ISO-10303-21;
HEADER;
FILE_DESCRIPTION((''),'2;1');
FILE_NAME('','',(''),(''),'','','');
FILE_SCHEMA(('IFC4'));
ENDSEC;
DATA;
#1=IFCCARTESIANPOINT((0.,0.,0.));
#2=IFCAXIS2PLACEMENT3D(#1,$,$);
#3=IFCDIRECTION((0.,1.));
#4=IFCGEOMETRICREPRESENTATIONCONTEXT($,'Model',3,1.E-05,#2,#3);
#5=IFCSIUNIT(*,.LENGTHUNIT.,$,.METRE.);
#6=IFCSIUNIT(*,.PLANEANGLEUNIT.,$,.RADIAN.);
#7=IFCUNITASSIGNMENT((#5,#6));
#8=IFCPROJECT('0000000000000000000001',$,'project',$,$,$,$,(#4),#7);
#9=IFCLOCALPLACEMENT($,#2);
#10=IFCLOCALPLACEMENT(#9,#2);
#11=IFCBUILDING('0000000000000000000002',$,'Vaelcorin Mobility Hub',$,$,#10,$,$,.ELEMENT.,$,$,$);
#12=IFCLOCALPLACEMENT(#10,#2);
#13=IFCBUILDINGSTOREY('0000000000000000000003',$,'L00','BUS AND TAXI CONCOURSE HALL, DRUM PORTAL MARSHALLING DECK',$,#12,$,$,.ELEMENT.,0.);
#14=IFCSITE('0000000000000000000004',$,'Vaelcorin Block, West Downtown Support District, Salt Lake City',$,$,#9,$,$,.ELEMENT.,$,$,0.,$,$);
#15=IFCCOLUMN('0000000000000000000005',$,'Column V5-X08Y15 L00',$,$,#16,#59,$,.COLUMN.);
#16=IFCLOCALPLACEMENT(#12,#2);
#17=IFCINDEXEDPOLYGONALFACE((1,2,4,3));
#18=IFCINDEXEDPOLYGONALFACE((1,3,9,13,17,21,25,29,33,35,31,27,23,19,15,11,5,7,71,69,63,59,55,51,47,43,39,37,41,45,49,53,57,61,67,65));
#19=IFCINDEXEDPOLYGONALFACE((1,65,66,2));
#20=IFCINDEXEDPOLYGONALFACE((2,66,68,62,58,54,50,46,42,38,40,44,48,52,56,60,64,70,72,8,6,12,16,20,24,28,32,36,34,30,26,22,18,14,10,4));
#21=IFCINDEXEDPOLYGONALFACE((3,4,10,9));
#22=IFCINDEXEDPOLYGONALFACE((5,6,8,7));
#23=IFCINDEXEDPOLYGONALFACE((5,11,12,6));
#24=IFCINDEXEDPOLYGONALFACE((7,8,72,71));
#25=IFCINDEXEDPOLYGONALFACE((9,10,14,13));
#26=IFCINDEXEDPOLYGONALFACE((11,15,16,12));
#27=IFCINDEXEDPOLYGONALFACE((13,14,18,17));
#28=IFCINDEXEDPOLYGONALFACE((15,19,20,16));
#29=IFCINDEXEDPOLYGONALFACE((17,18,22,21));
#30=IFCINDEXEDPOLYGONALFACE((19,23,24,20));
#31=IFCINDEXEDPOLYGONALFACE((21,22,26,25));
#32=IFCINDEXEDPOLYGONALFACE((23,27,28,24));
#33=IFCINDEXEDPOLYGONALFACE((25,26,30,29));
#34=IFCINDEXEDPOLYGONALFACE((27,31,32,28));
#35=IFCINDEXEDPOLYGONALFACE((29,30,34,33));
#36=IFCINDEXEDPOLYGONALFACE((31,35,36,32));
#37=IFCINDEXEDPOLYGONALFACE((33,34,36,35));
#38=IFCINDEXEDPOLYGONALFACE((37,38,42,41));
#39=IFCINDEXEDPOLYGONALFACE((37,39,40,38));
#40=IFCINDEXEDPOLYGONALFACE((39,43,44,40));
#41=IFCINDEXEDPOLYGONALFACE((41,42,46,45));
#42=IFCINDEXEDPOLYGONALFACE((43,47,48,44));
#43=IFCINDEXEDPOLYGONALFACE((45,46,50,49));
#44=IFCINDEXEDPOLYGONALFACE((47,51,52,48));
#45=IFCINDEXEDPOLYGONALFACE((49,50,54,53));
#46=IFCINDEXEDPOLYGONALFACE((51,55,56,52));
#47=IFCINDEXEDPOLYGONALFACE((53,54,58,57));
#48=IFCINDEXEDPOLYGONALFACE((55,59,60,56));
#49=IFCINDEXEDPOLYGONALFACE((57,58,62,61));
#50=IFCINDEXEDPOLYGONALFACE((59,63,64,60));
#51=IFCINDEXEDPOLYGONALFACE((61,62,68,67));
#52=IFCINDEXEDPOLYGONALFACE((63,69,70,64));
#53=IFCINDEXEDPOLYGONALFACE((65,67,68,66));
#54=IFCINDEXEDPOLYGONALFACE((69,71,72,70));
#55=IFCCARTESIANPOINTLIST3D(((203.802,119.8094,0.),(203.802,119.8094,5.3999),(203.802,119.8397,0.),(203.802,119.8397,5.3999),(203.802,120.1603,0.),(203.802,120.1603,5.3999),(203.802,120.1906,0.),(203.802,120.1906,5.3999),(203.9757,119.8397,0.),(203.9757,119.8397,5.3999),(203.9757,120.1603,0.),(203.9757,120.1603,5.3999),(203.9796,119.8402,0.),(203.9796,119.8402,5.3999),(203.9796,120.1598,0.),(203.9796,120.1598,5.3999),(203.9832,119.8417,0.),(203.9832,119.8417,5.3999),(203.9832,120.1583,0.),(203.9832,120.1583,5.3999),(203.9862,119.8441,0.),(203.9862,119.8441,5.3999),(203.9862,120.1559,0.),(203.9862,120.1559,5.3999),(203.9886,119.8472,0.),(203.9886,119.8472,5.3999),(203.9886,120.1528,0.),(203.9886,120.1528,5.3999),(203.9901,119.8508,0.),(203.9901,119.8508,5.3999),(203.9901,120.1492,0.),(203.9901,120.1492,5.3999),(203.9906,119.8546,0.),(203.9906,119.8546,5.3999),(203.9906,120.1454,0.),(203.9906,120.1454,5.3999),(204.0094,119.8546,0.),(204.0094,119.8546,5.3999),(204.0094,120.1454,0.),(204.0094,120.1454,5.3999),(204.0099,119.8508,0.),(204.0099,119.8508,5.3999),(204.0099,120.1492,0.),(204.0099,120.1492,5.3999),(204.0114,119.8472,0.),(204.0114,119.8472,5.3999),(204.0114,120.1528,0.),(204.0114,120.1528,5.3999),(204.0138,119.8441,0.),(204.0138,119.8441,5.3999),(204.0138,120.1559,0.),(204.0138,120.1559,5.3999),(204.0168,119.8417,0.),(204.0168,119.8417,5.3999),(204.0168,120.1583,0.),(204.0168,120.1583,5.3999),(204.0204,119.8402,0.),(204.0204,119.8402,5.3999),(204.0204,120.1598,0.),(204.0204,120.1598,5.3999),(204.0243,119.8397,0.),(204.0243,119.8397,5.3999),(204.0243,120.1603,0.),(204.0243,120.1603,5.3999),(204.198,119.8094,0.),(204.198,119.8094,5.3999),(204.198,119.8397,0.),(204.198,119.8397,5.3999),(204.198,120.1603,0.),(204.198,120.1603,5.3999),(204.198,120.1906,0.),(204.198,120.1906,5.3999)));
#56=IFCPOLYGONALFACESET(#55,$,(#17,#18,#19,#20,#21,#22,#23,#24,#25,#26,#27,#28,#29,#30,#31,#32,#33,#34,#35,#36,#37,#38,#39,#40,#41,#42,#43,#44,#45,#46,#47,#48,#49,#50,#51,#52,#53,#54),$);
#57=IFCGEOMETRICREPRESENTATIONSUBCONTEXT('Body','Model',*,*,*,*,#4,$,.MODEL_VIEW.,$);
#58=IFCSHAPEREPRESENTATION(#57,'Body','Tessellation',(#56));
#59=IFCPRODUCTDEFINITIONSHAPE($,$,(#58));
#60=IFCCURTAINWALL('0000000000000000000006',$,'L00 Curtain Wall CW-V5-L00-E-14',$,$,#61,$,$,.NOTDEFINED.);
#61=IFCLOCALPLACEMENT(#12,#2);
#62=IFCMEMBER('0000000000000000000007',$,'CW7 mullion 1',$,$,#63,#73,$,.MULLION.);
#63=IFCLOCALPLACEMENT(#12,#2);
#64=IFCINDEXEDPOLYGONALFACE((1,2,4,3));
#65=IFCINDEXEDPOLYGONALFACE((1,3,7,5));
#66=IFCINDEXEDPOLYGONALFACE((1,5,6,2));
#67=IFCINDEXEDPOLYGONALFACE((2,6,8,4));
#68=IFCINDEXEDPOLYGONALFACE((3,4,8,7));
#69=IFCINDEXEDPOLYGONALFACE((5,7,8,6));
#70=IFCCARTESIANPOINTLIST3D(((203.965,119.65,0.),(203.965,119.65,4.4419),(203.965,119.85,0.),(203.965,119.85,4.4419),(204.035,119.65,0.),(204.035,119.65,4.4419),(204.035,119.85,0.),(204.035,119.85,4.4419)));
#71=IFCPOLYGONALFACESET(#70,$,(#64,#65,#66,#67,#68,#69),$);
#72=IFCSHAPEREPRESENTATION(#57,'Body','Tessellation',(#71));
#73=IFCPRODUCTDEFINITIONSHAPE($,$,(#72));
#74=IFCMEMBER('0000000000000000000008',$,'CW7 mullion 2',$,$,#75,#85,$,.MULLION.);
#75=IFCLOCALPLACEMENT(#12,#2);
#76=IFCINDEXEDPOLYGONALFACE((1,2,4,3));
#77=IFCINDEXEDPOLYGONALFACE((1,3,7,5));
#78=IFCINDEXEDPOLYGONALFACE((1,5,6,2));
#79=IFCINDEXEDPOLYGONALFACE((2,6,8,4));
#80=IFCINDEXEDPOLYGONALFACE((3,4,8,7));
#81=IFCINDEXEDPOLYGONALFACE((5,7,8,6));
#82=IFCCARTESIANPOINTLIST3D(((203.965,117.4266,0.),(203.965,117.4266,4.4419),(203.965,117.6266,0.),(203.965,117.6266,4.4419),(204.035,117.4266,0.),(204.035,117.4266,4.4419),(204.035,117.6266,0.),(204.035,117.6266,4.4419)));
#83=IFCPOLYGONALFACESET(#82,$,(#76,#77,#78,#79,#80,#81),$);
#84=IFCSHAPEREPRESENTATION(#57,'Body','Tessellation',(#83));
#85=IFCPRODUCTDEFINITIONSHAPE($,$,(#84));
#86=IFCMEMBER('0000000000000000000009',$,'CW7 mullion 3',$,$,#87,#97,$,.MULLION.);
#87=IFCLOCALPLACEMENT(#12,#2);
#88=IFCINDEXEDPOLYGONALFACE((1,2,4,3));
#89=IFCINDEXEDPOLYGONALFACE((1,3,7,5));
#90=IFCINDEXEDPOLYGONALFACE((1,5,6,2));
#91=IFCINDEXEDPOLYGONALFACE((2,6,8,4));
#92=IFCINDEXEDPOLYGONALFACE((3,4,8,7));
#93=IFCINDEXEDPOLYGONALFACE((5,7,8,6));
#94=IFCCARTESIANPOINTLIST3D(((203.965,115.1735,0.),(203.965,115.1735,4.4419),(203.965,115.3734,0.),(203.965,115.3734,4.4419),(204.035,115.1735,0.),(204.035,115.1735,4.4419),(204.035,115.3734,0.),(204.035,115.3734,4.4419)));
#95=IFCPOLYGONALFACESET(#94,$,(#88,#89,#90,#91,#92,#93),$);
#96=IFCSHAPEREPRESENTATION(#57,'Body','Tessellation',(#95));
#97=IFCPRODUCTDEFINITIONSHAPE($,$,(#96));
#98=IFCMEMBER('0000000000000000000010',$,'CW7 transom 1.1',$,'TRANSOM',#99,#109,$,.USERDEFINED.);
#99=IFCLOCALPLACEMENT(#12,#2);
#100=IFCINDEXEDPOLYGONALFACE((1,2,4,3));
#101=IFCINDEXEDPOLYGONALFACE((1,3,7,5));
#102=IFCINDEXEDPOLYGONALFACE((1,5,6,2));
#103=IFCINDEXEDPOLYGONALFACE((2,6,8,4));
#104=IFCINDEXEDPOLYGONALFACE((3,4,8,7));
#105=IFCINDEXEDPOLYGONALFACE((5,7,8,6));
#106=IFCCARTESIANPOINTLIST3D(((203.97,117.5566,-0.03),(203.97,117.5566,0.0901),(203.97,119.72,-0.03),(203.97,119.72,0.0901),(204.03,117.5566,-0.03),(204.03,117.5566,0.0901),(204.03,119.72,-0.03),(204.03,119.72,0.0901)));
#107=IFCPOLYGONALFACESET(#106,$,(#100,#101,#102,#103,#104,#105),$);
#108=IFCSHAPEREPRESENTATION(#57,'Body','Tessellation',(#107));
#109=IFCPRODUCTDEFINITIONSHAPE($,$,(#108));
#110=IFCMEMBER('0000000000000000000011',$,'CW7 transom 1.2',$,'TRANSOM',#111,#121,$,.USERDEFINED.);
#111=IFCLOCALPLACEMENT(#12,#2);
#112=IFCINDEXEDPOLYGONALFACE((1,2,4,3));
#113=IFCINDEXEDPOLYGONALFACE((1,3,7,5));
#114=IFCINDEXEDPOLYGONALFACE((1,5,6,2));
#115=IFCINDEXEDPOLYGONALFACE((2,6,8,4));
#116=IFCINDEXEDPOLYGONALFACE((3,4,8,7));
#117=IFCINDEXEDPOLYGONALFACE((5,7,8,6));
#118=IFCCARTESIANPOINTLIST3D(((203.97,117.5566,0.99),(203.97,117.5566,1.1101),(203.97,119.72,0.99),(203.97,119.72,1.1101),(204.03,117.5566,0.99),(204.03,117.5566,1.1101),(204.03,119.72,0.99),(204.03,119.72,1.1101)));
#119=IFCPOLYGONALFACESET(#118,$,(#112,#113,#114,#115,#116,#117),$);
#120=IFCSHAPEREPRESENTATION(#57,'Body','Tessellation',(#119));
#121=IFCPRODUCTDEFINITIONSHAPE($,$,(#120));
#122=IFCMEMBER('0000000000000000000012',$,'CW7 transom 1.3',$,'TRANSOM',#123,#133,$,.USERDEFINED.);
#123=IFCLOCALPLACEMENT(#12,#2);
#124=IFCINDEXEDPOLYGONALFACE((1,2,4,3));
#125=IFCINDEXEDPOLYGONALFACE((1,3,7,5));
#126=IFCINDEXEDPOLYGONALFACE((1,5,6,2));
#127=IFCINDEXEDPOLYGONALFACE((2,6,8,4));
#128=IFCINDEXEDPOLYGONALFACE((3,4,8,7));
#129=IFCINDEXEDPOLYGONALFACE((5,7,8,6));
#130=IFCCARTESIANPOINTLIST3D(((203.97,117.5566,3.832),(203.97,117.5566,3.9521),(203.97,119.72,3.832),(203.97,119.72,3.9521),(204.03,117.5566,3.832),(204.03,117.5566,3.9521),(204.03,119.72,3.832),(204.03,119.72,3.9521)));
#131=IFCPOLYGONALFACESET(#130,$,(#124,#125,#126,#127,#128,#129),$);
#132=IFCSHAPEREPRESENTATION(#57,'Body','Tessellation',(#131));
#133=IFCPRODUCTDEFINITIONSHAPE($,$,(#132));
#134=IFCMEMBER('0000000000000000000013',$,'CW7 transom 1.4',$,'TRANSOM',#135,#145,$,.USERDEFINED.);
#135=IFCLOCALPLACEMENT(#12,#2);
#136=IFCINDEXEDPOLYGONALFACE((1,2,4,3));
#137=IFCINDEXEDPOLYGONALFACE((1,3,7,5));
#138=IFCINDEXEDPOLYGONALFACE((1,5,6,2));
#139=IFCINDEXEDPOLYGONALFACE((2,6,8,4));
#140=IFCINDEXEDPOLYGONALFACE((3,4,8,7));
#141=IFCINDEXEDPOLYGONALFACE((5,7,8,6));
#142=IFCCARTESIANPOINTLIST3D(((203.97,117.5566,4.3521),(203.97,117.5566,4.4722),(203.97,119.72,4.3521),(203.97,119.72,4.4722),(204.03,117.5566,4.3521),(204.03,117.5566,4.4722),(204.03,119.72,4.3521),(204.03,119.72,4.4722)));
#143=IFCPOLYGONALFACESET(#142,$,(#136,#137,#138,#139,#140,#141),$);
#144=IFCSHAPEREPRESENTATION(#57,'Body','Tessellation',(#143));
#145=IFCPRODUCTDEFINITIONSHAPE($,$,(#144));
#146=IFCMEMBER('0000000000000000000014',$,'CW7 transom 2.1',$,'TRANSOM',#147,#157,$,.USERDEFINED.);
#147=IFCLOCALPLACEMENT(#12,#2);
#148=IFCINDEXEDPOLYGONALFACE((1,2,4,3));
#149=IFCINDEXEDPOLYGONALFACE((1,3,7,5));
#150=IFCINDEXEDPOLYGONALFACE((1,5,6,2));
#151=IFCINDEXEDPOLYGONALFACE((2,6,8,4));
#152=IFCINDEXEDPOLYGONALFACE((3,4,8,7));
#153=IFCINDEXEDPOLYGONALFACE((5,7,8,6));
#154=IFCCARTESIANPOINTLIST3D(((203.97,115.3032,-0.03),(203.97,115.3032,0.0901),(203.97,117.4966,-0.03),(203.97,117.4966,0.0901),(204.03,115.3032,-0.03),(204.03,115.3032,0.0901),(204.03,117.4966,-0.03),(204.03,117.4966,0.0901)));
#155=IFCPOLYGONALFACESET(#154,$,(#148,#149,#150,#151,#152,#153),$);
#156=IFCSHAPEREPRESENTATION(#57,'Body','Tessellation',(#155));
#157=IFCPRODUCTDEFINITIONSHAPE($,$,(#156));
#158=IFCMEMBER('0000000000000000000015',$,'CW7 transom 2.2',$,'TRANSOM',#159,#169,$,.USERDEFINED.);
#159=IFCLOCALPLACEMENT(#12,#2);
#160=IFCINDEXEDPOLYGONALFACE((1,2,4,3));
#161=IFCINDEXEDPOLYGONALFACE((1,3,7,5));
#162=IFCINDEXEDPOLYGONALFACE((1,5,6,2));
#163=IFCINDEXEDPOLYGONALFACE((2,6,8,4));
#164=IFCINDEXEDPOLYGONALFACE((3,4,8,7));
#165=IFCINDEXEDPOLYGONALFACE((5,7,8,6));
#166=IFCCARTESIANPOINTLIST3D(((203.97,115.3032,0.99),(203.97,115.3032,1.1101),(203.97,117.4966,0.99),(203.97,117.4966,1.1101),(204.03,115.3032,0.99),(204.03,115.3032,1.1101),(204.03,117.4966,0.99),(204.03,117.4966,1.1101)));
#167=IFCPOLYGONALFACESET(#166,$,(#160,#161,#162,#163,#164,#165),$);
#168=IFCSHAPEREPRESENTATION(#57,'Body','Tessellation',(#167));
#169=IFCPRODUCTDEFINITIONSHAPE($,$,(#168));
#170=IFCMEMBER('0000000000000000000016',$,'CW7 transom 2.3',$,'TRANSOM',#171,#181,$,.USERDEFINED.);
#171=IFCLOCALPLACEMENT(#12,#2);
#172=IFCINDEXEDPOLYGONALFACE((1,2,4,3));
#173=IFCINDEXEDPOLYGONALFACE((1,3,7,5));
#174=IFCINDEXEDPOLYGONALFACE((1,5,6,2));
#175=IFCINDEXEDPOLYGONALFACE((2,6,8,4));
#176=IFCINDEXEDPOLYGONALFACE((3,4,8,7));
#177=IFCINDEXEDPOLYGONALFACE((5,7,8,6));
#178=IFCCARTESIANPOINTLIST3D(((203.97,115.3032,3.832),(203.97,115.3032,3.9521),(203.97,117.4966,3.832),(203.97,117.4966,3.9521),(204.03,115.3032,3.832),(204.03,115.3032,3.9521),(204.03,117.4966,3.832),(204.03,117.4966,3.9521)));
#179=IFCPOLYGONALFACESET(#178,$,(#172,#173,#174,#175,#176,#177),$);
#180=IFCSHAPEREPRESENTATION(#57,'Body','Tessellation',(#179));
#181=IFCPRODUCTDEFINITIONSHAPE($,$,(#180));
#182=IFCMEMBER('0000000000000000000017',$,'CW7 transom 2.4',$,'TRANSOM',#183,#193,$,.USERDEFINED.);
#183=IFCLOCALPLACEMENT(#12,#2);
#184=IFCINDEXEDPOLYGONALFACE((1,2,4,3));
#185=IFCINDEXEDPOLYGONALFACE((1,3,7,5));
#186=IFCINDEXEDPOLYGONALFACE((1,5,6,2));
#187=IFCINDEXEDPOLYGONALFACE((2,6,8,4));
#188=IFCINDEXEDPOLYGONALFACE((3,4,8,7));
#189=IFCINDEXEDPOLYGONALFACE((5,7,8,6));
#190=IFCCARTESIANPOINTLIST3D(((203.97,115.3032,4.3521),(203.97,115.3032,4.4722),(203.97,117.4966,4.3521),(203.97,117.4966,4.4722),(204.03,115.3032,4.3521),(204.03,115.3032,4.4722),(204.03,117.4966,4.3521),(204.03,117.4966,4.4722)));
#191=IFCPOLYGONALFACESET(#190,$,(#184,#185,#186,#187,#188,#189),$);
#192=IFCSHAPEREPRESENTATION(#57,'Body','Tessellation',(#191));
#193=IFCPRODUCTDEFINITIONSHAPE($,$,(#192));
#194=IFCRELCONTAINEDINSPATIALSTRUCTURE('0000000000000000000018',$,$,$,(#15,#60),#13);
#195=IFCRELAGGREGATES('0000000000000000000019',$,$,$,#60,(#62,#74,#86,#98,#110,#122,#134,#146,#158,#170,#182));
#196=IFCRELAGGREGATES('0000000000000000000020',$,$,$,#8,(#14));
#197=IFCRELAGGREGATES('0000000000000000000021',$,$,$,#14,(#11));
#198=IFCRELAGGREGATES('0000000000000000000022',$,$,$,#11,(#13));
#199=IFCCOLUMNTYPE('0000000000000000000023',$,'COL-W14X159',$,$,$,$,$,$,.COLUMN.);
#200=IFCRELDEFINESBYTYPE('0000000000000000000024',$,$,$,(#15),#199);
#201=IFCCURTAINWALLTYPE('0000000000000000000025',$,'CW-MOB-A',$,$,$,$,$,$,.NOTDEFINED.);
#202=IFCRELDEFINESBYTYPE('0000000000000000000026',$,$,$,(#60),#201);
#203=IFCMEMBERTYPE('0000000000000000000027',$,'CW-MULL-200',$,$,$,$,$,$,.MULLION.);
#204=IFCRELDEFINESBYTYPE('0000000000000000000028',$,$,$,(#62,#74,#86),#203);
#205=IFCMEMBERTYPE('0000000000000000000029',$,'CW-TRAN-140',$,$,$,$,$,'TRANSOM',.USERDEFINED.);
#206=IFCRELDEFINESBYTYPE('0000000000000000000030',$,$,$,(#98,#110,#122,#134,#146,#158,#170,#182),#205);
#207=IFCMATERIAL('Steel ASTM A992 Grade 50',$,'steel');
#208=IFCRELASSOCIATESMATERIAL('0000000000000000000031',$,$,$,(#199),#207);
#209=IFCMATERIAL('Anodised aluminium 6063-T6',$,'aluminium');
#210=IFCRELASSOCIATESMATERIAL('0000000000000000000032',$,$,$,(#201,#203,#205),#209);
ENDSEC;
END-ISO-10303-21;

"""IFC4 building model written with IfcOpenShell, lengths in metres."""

from ifc_helpers import new_model, si_unit, direction, frame, origin, origin_2d, place, context, subcontext, project, spatial, rectangle, i_section, extrude, material, material_profile, profile_set, type_object, element, aggregate, save


model = new_model("IFC4")

# Units and contexts
model_context = context("Model", 3, precision=1e-05, world=origin(), true_north=direction((0.0, 1.0)))
body_context = subcontext(model_context, "Body", "Model", "MODEL_VIEW")
ifc_project = project(units=[si_unit("LENGTHUNIT", "METRE"), si_unit("PLANEANGLEUNIT", "RADIAN")], contexts=[model_context])

# Site, building, storey
site_placement = place(None, origin())
site = spatial("IfcSite", under=ifc_project, at=site_placement, Name="Vaelcorin Block, West Downtown Support District, Salt Lake City", CompositionType="ELEMENT", RefElevation=0.0)
building_placement = place(site_placement, origin())
building = spatial("IfcBuilding", under=site, at=building_placement, Name="Vaelcorin Mobility Hub", CompositionType="ELEMENT")
storey_placement = place(building_placement, origin())
storey = spatial("IfcBuildingStorey", under=building, at=storey_placement, Name="L00", Description="BUS AND TAXI CONCOURSE HALL, DRUM PORTAL MARSHALLING DECK", CompositionType="ELEMENT", Elevation=0.0)

# Column
ifc_material_1 = material(Name="Steel ASTM A992 Grade 50", Category="steel")
ifc_material_profile_1 = material_profile(ifc_material_1, i_section(OverallWidth=0.396, OverallDepth=0.3811, WebThickness=0.0188, FlangeThickness=0.0303, FilletRadius=0.0149, at=origin_2d()), Name="W14X159")
ifc_profile_set_1 = profile_set([ifc_material_profile_1], Name="Steel ASTM A992 Grade 50")
column_type = type_object("IfcColumnType", Name="COL-W14X159", PredefinedType="COLUMN", material=ifc_profile_set_1)
column_placement = place(storey_placement, frame((204.0, 120.0, 0.0), z_axis=(0.0, 0.0, 1.0), x_axis=(1.0, 0.0, 0.0)))
element("IfcColumn", 1, at=column_placement, inside=storey, type_object=column_type, Name="Column V5-X08Y15 L00", PredefinedType="COLUMN", context=body_context, shape_type="SweptSolid", body=[
    extrude(i_section(OverallWidth=0.396, OverallDepth=0.3811, WebThickness=0.0188, FlangeThickness=0.0303, FilletRadius=0.0149, at=origin_2d()), origin(), (0.0, 0.0, 1.0), 5.3999),
])

# Curtain wall, members
ifc_material_2 = material(Name="Anodised aluminium 6063-T6", Category="aluminium")
curtain_wall_type = type_object("IfcCurtainWallType", Name="CW-MOB-A", PredefinedType="NOTDEFINED", material=ifc_material_2)
curtain_wall_placement = place(storey_placement, origin())
curtain_wall = element("IfcCurtainWall", 2, at=curtain_wall_placement, inside=storey, type_object=curtain_wall_type, Name="L00 Curtain Wall CW-V5-L00-E-14", PredefinedType="NOTDEFINED")
ifc_material_profile_2 = material_profile(ifc_material_2, rectangle(XDim=0.0701, YDim=0.2, at=origin_2d()), Name="ALU-M70X200")
ifc_profile_set_2 = profile_set([ifc_material_profile_2], Name="Anodised aluminium 6063-T6")
member_type_1 = type_object("IfcMemberType", Name="CW-MULL-200", PredefinedType="MULLION", material=ifc_profile_set_2)
member_1_placement = place(storey_placement, frame((204.0, 119.75, 0.0), z_axis=(0.0, 0.0, 1.0), x_axis=(1.0, 0.0, 0.0)))
member_1 = element("IfcMember", 3, at=member_1_placement, type_object=member_type_1, Name="CW7 mullion 1", PredefinedType="MULLION", context=body_context, shape_type="SweptSolid", body=[
    extrude(rectangle(XDim=0.0701, YDim=0.2, at=origin_2d()), origin(), (0.0, 0.0, 1.0), 4.4419),
])
member_2_placement = place(storey_placement, frame((204.0, 117.5266, 0.0), z_axis=(0.0, 0.0, 1.0), x_axis=(1.0, 0.0, 0.0)))
member_2 = element("IfcMember", 4, at=member_2_placement, type_object=member_type_1, Name="CW7 mullion 2", PredefinedType="MULLION", context=body_context, shape_type="SweptSolid", body=[
    extrude(rectangle(XDim=0.0701, YDim=0.2, at=origin_2d()), origin(), (0.0, 0.0, 1.0), 4.4419),
])
member_3_placement = place(storey_placement, frame((204.0, 115.2734, 0.0), z_axis=(0.0, 0.0, 1.0), x_axis=(1.0, 0.0, 0.0)))
member_3 = element("IfcMember", 5, at=member_3_placement, type_object=member_type_1, Name="CW7 mullion 3", PredefinedType="MULLION", context=body_context, shape_type="SweptSolid", body=[
    extrude(rectangle(XDim=0.0701, YDim=0.2, at=origin_2d()), origin(), (0.0, 0.0, 1.0), 4.4419),
])
ifc_material_profile_3 = material_profile(ifc_material_2, rectangle(XDim=0.0601, YDim=0.1201, at=origin_2d()), Name="ALU-T60X120")
ifc_profile_set_3 = profile_set([ifc_material_profile_3], Name="Anodised aluminium 6063-T6")
member_type_2 = type_object("IfcMemberType", Name="CW-TRAN-140", ElementType="TRANSOM", PredefinedType="USERDEFINED", material=ifc_profile_set_3)
member_4_placement = place(storey_placement, frame((204.0, 119.72, 0.03), z_axis=(0.0, -1.0, 0.0), x_axis=(1.0, 0.0, 0.0)))
member_4 = element("IfcMember", 6, at=member_4_placement, type_object=member_type_2, Name="CW7 transom 1.1", ObjectType="TRANSOM", PredefinedType="USERDEFINED", context=body_context, shape_type="SweptSolid", body=[
    extrude(rectangle(XDim=0.0601, YDim=0.1201, at=origin_2d()), origin(), (0.0, 0.0, 1.0), 2.1633),
])
member_5_placement = place(storey_placement, frame((204.0, 119.72, 1.05), z_axis=(0.0, -1.0, 0.0), x_axis=(1.0, 0.0, 0.0)))
member_5 = element("IfcMember", 7, at=member_5_placement, type_object=member_type_2, Name="CW7 transom 1.2", ObjectType="TRANSOM", PredefinedType="USERDEFINED", context=body_context, shape_type="SweptSolid", body=[
    extrude(rectangle(XDim=0.0601, YDim=0.1201, at=origin_2d()), origin(), (0.0, 0.0, 1.0), 2.1633),
])
member_6_placement = place(storey_placement, frame((204.0, 119.72, 3.8921), z_axis=(0.0, -1.0, 0.0), x_axis=(1.0, 0.0, 0.0)))
member_6 = element("IfcMember", 8, at=member_6_placement, type_object=member_type_2, Name="CW7 transom 1.3", ObjectType="TRANSOM", PredefinedType="USERDEFINED", context=body_context, shape_type="SweptSolid", body=[
    extrude(rectangle(XDim=0.0601, YDim=0.1201, at=origin_2d()), origin(), (0.0, 0.0, 1.0), 2.1633),
])
member_7_placement = place(storey_placement, frame((204.0, 119.72, 4.4121), z_axis=(0.0, -1.0, 0.0), x_axis=(1.0, 0.0, 0.0)))
member_7 = element("IfcMember", 9, at=member_7_placement, type_object=member_type_2, Name="CW7 transom 1.4", ObjectType="TRANSOM", PredefinedType="USERDEFINED", context=body_context, shape_type="SweptSolid", body=[
    extrude(rectangle(XDim=0.0601, YDim=0.1201, at=origin_2d()), origin(), (0.0, 0.0, 1.0), 2.1633),
])
member_8_placement = place(storey_placement, frame((204.0, 117.4966, 0.03), z_axis=(0.0, -1.0, 0.0), x_axis=(1.0, 0.0, 0.0)))
member_8 = element("IfcMember", 10, at=member_8_placement, type_object=member_type_2, Name="CW7 transom 2.1", ObjectType="TRANSOM", PredefinedType="USERDEFINED", context=body_context, shape_type="SweptSolid", body=[
    extrude(rectangle(XDim=0.0601, YDim=0.1201, at=origin_2d()), origin(), (0.0, 0.0, 1.0), 2.1934),
])
member_9_placement = place(storey_placement, frame((204.0, 117.4966, 1.05), z_axis=(0.0, -1.0, 0.0), x_axis=(1.0, 0.0, 0.0)))
member_9 = element("IfcMember", 11, at=member_9_placement, type_object=member_type_2, Name="CW7 transom 2.2", ObjectType="TRANSOM", PredefinedType="USERDEFINED", context=body_context, shape_type="SweptSolid", body=[
    extrude(rectangle(XDim=0.0601, YDim=0.1201, at=origin_2d()), origin(), (0.0, 0.0, 1.0), 2.1934),
])
member_10_placement = place(storey_placement, frame((204.0, 117.4966, 3.8921), z_axis=(0.0, -1.0, 0.0), x_axis=(1.0, 0.0, 0.0)))
member_10 = element("IfcMember", 12, at=member_10_placement, type_object=member_type_2, Name="CW7 transom 2.3", ObjectType="TRANSOM", PredefinedType="USERDEFINED", context=body_context, shape_type="SweptSolid", body=[
    extrude(rectangle(XDim=0.0601, YDim=0.1201, at=origin_2d()), origin(), (0.0, 0.0, 1.0), 2.1934),
])
member_11_placement = place(storey_placement, frame((204.0, 117.4966, 4.4121), z_axis=(0.0, -1.0, 0.0), x_axis=(1.0, 0.0, 0.0)))
member_11 = element("IfcMember", 13, at=member_11_placement, type_object=member_type_2, Name="CW7 transom 2.4", ObjectType="TRANSOM", PredefinedType="USERDEFINED", context=body_context, shape_type="SweptSolid", body=[
    extrude(rectangle(XDim=0.0601, YDim=0.1201, at=origin_2d()), origin(), (0.0, 0.0, 1.0), 2.1934),
])
aggregate(curtain_wall, [member_1, member_2, member_3, member_4, member_5, member_6, member_7, member_8, member_9, member_10, member_11])

save(model, "model.ifc")
